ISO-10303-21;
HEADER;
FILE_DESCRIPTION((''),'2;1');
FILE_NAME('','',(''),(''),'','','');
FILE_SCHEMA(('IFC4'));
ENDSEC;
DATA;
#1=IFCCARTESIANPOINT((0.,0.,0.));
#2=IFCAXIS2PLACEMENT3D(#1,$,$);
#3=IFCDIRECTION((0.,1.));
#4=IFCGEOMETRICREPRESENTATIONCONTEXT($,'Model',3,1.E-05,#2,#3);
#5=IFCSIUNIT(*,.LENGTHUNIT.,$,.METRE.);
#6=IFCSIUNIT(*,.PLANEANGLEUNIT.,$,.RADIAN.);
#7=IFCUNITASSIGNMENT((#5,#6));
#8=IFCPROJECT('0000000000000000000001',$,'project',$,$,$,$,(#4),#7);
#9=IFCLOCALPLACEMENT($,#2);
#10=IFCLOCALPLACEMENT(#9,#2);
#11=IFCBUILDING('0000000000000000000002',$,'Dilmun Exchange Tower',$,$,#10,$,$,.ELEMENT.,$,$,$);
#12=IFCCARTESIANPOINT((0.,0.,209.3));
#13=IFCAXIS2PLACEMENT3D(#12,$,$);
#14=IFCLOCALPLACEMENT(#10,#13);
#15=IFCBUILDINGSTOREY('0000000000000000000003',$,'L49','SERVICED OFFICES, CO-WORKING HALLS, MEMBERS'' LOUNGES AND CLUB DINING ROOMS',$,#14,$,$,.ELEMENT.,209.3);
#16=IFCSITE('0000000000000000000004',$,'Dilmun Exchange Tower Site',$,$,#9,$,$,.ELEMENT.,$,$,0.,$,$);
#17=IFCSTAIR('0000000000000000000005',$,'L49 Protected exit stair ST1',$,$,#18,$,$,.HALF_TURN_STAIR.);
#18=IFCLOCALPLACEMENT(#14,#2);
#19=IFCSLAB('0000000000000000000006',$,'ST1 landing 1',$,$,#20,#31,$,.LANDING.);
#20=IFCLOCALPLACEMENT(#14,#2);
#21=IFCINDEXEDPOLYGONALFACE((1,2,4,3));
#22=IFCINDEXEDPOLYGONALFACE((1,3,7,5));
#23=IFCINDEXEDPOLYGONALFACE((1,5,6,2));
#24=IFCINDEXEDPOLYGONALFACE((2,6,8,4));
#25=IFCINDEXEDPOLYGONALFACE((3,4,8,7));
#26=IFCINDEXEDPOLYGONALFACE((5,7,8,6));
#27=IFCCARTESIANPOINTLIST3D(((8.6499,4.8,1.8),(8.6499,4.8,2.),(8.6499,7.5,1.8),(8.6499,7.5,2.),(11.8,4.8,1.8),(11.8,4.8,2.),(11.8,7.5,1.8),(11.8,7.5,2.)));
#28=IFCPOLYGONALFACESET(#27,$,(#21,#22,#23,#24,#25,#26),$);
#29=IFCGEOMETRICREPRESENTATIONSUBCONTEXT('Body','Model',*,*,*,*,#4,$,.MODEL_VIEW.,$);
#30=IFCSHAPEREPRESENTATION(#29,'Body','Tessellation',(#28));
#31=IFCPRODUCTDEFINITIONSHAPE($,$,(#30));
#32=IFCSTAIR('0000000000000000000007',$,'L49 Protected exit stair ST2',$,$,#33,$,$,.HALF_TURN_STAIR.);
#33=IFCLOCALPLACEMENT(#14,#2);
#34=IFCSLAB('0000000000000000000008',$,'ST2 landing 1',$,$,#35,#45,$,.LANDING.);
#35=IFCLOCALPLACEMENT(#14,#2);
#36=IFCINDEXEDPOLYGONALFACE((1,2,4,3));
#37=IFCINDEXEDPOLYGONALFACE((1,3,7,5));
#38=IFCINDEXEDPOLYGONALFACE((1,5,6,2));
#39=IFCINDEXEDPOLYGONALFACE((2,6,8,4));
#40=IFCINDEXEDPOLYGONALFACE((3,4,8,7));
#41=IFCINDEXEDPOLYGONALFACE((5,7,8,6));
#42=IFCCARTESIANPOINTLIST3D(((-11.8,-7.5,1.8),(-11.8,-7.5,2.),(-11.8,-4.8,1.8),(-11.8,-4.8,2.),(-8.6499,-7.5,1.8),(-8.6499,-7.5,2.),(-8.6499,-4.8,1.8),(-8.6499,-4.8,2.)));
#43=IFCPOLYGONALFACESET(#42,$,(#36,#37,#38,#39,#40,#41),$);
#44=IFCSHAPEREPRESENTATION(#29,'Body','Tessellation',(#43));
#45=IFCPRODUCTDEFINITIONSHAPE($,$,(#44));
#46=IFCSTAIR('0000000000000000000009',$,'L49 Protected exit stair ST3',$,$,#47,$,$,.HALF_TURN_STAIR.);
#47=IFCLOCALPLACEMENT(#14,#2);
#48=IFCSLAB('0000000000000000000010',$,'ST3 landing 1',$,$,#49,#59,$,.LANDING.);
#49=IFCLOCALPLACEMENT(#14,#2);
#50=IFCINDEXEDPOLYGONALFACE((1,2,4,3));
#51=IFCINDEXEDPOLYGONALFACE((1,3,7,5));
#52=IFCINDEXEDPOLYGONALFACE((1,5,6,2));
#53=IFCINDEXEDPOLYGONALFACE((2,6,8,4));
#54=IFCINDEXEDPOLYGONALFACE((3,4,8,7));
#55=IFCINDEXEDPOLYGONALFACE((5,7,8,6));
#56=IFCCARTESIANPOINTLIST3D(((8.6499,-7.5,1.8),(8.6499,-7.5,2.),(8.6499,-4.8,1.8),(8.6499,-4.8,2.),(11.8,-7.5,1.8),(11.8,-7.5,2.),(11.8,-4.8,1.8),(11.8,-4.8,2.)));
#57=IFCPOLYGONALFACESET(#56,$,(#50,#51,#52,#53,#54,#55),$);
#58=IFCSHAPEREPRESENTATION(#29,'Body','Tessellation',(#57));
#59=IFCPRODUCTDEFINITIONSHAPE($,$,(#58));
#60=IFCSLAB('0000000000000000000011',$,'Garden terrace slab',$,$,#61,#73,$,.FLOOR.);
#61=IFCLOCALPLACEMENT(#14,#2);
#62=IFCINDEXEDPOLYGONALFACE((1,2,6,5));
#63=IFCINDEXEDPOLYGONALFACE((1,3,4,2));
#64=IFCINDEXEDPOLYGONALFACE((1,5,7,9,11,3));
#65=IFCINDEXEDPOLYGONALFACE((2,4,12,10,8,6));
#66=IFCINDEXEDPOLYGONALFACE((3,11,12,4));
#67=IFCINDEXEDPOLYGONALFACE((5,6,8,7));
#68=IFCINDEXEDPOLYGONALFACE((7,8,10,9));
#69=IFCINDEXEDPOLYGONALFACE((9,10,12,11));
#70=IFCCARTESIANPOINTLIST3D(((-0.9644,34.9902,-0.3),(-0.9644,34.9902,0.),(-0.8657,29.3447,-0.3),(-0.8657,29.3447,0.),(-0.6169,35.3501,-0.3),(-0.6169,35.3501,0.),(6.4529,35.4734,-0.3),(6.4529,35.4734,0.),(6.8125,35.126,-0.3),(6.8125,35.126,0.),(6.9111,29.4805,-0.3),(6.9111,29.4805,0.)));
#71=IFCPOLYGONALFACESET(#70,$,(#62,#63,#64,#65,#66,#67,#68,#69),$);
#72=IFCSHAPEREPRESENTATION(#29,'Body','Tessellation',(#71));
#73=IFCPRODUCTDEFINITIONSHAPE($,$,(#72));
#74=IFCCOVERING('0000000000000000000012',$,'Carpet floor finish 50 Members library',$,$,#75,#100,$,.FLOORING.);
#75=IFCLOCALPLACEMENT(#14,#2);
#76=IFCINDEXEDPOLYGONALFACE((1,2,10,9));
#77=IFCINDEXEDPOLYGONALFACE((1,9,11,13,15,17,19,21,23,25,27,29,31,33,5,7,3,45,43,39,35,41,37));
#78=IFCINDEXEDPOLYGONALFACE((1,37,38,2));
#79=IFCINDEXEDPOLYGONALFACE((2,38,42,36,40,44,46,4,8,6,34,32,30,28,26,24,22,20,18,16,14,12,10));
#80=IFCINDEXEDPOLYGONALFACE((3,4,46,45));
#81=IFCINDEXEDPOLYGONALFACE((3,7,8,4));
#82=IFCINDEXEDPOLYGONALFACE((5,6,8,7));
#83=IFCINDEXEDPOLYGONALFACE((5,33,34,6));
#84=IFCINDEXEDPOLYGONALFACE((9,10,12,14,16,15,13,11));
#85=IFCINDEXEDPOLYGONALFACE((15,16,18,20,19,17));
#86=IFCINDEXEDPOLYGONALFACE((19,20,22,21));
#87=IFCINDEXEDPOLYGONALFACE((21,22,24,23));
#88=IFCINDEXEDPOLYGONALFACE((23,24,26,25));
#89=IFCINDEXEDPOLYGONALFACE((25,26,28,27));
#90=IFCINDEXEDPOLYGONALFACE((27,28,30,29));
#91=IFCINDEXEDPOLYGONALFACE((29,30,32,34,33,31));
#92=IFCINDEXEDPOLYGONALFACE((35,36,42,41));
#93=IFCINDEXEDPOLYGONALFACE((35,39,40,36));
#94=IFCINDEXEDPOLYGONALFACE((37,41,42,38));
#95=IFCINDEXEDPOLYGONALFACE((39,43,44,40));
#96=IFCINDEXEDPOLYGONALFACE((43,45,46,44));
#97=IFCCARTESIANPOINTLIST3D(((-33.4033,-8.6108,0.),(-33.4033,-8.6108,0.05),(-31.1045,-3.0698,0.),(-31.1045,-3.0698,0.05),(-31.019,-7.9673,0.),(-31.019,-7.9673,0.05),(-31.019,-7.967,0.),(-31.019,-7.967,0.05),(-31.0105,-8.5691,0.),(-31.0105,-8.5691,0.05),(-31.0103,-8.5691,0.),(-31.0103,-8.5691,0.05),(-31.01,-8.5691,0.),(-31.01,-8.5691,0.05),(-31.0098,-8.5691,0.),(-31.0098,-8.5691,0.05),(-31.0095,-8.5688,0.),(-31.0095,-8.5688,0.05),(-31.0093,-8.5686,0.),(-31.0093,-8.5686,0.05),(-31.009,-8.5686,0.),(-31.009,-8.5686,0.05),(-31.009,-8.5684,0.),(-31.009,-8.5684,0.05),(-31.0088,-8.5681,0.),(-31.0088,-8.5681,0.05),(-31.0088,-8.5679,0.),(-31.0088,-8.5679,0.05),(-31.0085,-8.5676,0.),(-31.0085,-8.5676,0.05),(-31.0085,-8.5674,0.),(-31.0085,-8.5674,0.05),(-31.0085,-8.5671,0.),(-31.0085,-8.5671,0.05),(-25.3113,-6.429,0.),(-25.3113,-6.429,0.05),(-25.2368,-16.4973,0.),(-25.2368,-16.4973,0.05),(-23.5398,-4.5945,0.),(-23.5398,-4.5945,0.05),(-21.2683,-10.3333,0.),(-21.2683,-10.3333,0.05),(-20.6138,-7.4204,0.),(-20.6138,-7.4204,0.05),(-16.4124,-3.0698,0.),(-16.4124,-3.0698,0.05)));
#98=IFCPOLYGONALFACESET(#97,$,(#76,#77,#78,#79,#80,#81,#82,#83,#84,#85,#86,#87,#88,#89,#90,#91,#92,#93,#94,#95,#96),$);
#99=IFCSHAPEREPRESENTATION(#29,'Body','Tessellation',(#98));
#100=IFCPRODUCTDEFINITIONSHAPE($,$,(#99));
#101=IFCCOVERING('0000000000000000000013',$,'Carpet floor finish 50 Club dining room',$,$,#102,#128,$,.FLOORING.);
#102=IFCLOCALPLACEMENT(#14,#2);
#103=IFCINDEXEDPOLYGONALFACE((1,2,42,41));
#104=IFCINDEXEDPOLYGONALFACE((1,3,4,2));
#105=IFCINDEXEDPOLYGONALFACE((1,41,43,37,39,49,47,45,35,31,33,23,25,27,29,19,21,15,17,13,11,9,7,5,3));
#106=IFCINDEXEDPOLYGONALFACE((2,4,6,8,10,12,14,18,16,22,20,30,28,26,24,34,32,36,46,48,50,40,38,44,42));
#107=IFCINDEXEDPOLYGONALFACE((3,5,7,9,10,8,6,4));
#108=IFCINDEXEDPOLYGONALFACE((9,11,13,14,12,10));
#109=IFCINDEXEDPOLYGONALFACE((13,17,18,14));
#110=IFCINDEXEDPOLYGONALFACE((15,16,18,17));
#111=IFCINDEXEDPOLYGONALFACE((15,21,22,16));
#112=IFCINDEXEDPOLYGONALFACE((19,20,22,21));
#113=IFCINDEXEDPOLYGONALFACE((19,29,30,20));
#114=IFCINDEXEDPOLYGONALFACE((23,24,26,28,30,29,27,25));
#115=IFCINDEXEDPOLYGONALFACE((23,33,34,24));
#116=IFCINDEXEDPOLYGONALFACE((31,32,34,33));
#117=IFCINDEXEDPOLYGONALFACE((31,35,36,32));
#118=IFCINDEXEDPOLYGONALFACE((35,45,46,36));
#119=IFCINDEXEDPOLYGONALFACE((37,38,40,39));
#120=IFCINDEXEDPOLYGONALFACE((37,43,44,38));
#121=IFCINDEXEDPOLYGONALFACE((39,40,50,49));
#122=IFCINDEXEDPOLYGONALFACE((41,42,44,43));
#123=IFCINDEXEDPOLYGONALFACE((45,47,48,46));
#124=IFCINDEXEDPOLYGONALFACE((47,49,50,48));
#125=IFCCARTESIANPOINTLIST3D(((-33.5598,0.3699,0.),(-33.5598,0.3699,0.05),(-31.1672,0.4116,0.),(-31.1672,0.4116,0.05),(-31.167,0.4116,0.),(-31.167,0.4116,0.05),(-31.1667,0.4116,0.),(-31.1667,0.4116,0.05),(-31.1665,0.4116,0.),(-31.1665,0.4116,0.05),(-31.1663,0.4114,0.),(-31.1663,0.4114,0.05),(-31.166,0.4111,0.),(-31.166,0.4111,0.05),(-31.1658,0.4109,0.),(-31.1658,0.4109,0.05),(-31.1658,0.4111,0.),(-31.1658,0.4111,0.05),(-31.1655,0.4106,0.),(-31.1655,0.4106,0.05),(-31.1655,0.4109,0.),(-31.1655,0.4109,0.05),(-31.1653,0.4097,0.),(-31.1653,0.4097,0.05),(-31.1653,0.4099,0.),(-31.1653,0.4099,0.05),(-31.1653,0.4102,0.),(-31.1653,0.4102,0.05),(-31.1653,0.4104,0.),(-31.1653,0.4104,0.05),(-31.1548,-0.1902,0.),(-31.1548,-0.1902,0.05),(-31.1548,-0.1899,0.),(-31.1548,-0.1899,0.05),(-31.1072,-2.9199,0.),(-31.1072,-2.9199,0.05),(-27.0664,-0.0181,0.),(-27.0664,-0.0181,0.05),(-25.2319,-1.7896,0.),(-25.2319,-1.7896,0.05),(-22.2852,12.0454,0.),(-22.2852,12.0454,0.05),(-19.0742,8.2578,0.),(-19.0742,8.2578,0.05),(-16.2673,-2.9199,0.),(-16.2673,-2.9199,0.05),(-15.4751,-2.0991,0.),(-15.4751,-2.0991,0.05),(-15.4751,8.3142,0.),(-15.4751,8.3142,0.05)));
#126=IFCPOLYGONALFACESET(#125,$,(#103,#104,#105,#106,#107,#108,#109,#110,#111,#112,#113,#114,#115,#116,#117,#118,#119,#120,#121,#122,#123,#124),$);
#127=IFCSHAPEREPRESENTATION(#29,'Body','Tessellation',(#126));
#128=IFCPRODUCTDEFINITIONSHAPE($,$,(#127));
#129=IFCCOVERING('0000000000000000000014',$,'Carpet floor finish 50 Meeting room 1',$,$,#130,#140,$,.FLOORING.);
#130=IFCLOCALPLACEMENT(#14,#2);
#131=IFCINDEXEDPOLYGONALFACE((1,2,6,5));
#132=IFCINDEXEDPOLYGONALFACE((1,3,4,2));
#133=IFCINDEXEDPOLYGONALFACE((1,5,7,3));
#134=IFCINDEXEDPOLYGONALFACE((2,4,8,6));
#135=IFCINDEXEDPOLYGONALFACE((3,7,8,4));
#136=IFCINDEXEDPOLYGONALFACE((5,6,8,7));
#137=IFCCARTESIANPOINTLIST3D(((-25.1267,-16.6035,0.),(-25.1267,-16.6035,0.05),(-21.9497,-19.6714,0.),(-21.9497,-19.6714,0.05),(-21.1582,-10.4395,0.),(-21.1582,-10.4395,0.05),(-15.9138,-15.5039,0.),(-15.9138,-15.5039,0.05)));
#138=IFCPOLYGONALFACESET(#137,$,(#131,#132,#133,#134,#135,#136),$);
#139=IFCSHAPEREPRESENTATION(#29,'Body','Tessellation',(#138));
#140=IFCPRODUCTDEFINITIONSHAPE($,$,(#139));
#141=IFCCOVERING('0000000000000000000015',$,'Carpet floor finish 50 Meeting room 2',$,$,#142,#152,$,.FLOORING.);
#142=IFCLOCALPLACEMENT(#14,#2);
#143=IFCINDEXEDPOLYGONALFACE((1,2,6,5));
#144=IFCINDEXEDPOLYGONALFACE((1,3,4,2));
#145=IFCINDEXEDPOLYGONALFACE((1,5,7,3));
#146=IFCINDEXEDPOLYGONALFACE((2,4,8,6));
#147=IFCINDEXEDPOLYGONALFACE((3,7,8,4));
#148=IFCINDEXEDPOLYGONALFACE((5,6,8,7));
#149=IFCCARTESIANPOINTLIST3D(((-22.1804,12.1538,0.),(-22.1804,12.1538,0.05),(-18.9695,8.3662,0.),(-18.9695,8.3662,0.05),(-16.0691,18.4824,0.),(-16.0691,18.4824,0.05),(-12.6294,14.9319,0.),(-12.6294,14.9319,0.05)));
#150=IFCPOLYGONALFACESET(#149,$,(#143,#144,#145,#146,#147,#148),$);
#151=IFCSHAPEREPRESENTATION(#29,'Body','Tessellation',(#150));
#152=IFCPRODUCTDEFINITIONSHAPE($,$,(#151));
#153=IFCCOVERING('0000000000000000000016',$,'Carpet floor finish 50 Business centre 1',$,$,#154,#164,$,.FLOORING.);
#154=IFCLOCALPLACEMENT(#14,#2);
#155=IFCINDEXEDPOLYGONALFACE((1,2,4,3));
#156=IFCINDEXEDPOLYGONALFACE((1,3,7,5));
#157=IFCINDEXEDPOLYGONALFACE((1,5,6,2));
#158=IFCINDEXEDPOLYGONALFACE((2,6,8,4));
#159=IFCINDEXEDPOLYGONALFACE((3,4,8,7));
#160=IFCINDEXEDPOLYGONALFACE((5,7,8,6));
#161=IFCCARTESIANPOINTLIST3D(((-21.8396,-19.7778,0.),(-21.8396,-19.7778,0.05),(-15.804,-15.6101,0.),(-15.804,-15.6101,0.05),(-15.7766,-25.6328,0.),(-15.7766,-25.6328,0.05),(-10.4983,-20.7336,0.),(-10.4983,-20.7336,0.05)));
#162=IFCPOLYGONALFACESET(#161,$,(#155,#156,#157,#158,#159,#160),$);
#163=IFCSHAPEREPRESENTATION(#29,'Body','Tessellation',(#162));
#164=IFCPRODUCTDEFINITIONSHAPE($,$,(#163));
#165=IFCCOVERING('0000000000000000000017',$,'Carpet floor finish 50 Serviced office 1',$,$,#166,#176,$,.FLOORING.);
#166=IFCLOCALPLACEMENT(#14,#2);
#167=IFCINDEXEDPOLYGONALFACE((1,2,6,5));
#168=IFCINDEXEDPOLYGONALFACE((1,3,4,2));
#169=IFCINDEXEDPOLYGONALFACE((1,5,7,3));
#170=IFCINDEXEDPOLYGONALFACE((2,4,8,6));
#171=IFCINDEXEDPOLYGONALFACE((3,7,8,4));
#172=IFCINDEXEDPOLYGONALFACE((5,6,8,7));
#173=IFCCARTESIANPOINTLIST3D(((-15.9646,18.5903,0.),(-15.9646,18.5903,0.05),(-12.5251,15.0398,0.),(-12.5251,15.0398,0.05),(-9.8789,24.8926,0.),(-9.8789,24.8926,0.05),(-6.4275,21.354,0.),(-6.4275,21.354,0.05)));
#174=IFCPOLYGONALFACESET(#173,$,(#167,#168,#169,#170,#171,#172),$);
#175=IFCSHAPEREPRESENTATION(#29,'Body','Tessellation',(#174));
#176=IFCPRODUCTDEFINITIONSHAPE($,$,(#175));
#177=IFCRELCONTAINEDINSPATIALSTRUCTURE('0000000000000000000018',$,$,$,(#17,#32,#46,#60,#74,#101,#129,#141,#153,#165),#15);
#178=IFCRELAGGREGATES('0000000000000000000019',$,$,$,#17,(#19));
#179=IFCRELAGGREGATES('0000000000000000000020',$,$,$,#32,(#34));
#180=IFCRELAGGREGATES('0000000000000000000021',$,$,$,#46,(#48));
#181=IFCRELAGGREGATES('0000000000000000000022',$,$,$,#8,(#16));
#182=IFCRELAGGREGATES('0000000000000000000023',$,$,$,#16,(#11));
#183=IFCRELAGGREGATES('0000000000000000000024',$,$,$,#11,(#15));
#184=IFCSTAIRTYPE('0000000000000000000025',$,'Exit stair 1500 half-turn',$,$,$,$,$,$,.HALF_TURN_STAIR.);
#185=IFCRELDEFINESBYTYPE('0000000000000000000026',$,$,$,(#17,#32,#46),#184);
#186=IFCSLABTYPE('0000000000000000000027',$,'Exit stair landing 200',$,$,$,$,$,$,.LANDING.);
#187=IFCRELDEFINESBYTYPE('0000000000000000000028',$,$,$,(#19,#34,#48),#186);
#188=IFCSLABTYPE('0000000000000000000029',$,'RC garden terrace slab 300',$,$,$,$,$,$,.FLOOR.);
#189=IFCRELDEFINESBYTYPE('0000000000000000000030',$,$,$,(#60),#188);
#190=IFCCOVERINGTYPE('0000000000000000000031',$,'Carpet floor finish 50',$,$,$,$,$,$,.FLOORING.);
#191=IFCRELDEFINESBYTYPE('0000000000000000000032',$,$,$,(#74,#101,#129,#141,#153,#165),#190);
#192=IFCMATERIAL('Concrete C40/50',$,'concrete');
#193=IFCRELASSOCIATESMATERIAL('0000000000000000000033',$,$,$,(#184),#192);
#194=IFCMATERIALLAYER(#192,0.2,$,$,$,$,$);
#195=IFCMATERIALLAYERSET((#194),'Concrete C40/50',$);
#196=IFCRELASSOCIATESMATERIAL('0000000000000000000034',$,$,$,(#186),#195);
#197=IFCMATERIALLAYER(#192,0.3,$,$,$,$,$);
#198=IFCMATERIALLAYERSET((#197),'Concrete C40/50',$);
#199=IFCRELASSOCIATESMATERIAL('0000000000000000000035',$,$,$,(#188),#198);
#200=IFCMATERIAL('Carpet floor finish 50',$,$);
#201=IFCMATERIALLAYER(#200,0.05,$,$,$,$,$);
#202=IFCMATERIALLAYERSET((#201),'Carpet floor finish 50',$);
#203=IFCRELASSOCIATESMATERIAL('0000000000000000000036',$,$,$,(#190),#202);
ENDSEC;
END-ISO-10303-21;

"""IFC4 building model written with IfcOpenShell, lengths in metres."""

from ifc_helpers import new_model, si_unit, direction, frame, origin, place, context, subcontext, project, spatial, polyline, outline, extrude, material, layer, layer_set, type_object, element, aggregate, save


model = new_model("IFC4")

# Units and contexts
model_context = context("Model", 3, precision=1e-05, world=origin(), true_north=direction((0.0, 1.0)))
body_context = subcontext(model_context, "Body", "Model", "MODEL_VIEW")
ifc_project = project(units=[si_unit("LENGTHUNIT", "METRE"), si_unit("PLANEANGLEUNIT", "RADIAN")], contexts=[model_context])

# Site, building, storey
site_placement = place(None, origin())
site = spatial("IfcSite", under=ifc_project, at=site_placement, Name="Dilmun Exchange Tower Site", CompositionType="ELEMENT", RefElevation=0.0)
building_placement = place(site_placement, origin())
building = spatial("IfcBuilding", under=site, at=building_placement, Name="Dilmun Exchange Tower", CompositionType="ELEMENT")
storey_placement = place(building_placement, frame((0.0, 0.0, 209.3)))
storey = spatial("IfcBuildingStorey", under=building, at=storey_placement, Name="L49", Description="SERVICED OFFICES, CO-WORKING HALLS, MEMBERS' LOUNGES AND CLUB DINING ROOMS", CompositionType="ELEMENT", Elevation=209.3)

# Stairs, slabs
ifc_material_1 = material(Name="Concrete C40/50", Category="concrete")
stair_type = type_object("IfcStairType", Name="Exit stair 1500 half-turn", PredefinedType="HALF_TURN_STAIR", material=ifc_material_1)
stair_1_placement = place(storey_placement, origin())
stair_1 = element("IfcStair", 1, at=stair_1_placement, inside=storey, type_object=stair_type, Name="L49 Protected exit stair ST1", PredefinedType="HALF_TURN_STAIR")
ifc_layer_1 = layer(ifc_material_1, 0.2)
ifc_layer_set_1 = layer_set([ifc_layer_1], Name="Concrete C40/50")
slab_type_1 = type_object("IfcSlabType", Name="Exit stair landing 200", PredefinedType="LANDING", material=ifc_layer_set_1)
slab_1_placement = place(storey_placement, frame((0.0, 0.0, 1.8)))
slab_1 = element("IfcSlab", 2, at=slab_1_placement, type_object=slab_type_1, Name="ST1 landing 1", PredefinedType="LANDING", context=body_context, shape_type="SweptSolid", body=[
    extrude(outline(polyline([(8.6499, 7.5), (8.6499, 4.8), (11.8, 4.8), (11.8, 7.5), (8.6499, 7.5)])), origin(), (0.0, 0.0, 1.0), 0.2),
])
aggregate(stair_1, [slab_1])
stair_2_placement = place(storey_placement, origin())
stair_2 = element("IfcStair", 3, at=stair_2_placement, inside=storey, type_object=stair_type, Name="L49 Protected exit stair ST2", PredefinedType="HALF_TURN_STAIR")
slab_2_placement = place(storey_placement, frame((0.0, 0.0, 1.8)))
slab_2 = element("IfcSlab", 4, at=slab_2_placement, type_object=slab_type_1, Name="ST2 landing 1", PredefinedType="LANDING", context=body_context, shape_type="SweptSolid", body=[
    extrude(outline(polyline([(-8.6499, -7.5), (-8.6499, -4.8), (-11.8, -4.8), (-11.8, -7.5), (-8.6499, -7.5)])), origin(), (0.0, 0.0, 1.0), 0.2),
])
aggregate(stair_2, [slab_2])
stair_3_placement = place(storey_placement, origin())
stair_3 = element("IfcStair", 5, at=stair_3_placement, inside=storey, type_object=stair_type, Name="L49 Protected exit stair ST3", PredefinedType="HALF_TURN_STAIR")
slab_3_placement = place(storey_placement, frame((0.0, 0.0, 1.8)))
slab_3 = element("IfcSlab", 6, at=slab_3_placement, type_object=slab_type_1, Name="ST3 landing 1", PredefinedType="LANDING", context=body_context, shape_type="SweptSolid", body=[
    extrude(outline(polyline([(11.8, -7.5), (11.8, -4.8), (8.6499, -4.8), (8.6499, -7.5), (11.8, -7.5)])), origin(), (0.0, 0.0, 1.0), 0.2),
])
aggregate(stair_3, [slab_3])

# Slab
ifc_layer_2 = layer(ifc_material_1, 0.3)
ifc_layer_set_2 = layer_set([ifc_layer_2], Name="Concrete C40/50")
slab_type_2 = type_object("IfcSlabType", Name="RC garden terrace slab 300", PredefinedType="FLOOR", material=ifc_layer_set_2)
slab_4_placement = place(storey_placement, frame((0.0, 0.0, -0.3)))
element("IfcSlab", 7, at=slab_4_placement, inside=storey, type_object=slab_type_2, Name="Garden terrace slab", PredefinedType="FLOOR", context=body_context, shape_type="SweptSolid", body=[
    extrude(outline(polyline([(-0.8657, 29.3447), (-0.9644, 34.9902), (-0.6169, 35.3501), (6.4529, 35.4734), (6.8125, 35.126), (6.9111, 29.4805), (-0.8657, 29.3447)])), origin(), (0.0, 0.0, 1.0), 0.3),
])

# Coverings
ifc_material_2 = material(Name="Carpet floor finish 50")
ifc_layer_3 = layer(ifc_material_2, 0.05)
ifc_layer_set_3 = layer_set([ifc_layer_3], Name="Carpet floor finish 50")
covering_type_1 = type_object("IfcCoveringType", Name="Carpet floor finish 50", PredefinedType="FLOORING", material=ifc_layer_set_3)
covering_1_placement = place(storey_placement, origin())
element("IfcCovering", 8, at=covering_1_placement, inside=storey, type_object=covering_type_1, Name="Carpet floor finish 50 Members library", PredefinedType="FLOORING", context=body_context, shape_type="SweptSolid", body=[
    extrude(outline(polyline([(-23.5398, -4.5945), (-25.3113, -6.429), (-21.2683, -10.3333), (-25.2368, -16.4973), (-33.4033, -8.6108), (-31.0105, -8.5691), (-31.0103, -8.5691), (-31.01, -8.5691), (-31.01, -8.5691), (-31.0098, -8.5691), (-31.0095, -8.5688), (-31.0095, -8.5688), (-31.0093, -8.5686), (-31.009, -8.5686), (-31.009, -8.5684), (-31.0088, -8.5681), (-31.0088, -8.5681), (-31.0088, -8.5679), (-31.0085, -8.5676), (-31.0085, -8.5674), (-31.0085, -8.5674), (-31.0085, -8.5671), (-31.019, -7.9673), (-31.019, -7.967), (-31.019, -7.967), (-31.1045, -3.0698), (-16.4124, -3.0698), (-20.6138, -7.4204), (-23.5398, -4.5945)])), origin(), (0.0, 0.0, 1.0), 0.05),
])
covering_2_placement = place(storey_placement, origin())
element("IfcCovering", 9, at=covering_2_placement, inside=storey, type_object=covering_type_1, Name="Carpet floor finish 50 Club dining room", PredefinedType="FLOORING", context=body_context, shape_type="SweptSolid", body=[
    extrude(outline(polyline([(-16.2673, -2.9199), (-31.1072, -2.9199), (-31.1548, -0.1902), (-31.1548, -0.1899), (-31.1548, -0.1899), (-31.1653, 0.4097), (-31.1653, 0.4099), (-31.1653, 0.4102), (-31.1653, 0.4104), (-31.1653, 0.4104), (-31.1655, 0.4106), (-31.1655, 0.4109), (-31.1658, 0.4109), (-31.1658, 0.4111), (-31.166, 0.4111), (-31.1663, 0.4114), (-31.1663, 0.4114), (-31.1665, 0.4116), (-31.1667, 0.4116), (-31.167, 0.4116), (-31.167, 0.4116), (-31.1672, 0.4116), (-33.5598, 0.3699), (-22.2852, 12.0454), (-19.0742, 8.2578), (-27.0664, -0.0181), (-25.2319, -1.7896), (-15.4751, 8.3142), (-15.4751, -2.0991), (-16.2673, -2.9199)])), origin(), (0.0, 0.0, 1.0), 0.05),
])
covering_3_placement = place(storey_placement, origin())
element("IfcCovering", 10, at=covering_3_placement, inside=storey, type_object=covering_type_1, Name="Carpet floor finish 50 Meeting room 1", PredefinedType="FLOORING", context=body_context, shape_type="SweptSolid", body=[
    extrude(outline(polyline([(-21.1582, -10.4395), (-15.9138, -15.5039), (-21.9497, -19.6714), (-25.1267, -16.6035), (-21.1582, -10.4395)])), origin(), (0.0, 0.0, 1.0), 0.05),
])
covering_4_placement = place(storey_placement, origin())
element("IfcCovering", 11, at=covering_4_placement, inside=storey, type_object=covering_type_1, Name="Carpet floor finish 50 Meeting room 2", PredefinedType="FLOORING", context=body_context, shape_type="SweptSolid", body=[
    extrude(outline(polyline([(-12.6294, 14.9319), (-18.9695, 8.3662), (-22.1804, 12.1538), (-16.0691, 18.4824), (-12.6294, 14.9319)])), origin(), (0.0, 0.0, 1.0), 0.05),
])
covering_5_placement = place(storey_placement, origin())
element("IfcCovering", 12, at=covering_5_placement, inside=storey, type_object=covering_type_1, Name="Carpet floor finish 50 Business centre 1", PredefinedType="FLOORING", context=body_context, shape_type="SweptSolid", body=[
    extrude(outline(polyline([(-10.4983, -20.7336), (-15.7766, -25.6328), (-21.8396, -19.7778), (-15.804, -15.6101), (-10.4983, -20.7336)])), origin(), (0.0, 0.0, 1.0), 0.05),
])
covering_6_placement = place(storey_placement, origin())
element("IfcCovering", 13, at=covering_6_placement, inside=storey, type_object=covering_type_1, Name="Carpet floor finish 50 Serviced office 1", PredefinedType="FLOORING", context=body_context, shape_type="SweptSolid", body=[
    extrude(outline(polyline([(-6.4275, 21.354), (-12.5251, 15.0398), (-15.9646, 18.5903), (-9.8789, 24.8926), (-6.4275, 21.354)])), origin(), (0.0, 0.0, 1.0), 0.05),
])

save(model, "model.ifc")
